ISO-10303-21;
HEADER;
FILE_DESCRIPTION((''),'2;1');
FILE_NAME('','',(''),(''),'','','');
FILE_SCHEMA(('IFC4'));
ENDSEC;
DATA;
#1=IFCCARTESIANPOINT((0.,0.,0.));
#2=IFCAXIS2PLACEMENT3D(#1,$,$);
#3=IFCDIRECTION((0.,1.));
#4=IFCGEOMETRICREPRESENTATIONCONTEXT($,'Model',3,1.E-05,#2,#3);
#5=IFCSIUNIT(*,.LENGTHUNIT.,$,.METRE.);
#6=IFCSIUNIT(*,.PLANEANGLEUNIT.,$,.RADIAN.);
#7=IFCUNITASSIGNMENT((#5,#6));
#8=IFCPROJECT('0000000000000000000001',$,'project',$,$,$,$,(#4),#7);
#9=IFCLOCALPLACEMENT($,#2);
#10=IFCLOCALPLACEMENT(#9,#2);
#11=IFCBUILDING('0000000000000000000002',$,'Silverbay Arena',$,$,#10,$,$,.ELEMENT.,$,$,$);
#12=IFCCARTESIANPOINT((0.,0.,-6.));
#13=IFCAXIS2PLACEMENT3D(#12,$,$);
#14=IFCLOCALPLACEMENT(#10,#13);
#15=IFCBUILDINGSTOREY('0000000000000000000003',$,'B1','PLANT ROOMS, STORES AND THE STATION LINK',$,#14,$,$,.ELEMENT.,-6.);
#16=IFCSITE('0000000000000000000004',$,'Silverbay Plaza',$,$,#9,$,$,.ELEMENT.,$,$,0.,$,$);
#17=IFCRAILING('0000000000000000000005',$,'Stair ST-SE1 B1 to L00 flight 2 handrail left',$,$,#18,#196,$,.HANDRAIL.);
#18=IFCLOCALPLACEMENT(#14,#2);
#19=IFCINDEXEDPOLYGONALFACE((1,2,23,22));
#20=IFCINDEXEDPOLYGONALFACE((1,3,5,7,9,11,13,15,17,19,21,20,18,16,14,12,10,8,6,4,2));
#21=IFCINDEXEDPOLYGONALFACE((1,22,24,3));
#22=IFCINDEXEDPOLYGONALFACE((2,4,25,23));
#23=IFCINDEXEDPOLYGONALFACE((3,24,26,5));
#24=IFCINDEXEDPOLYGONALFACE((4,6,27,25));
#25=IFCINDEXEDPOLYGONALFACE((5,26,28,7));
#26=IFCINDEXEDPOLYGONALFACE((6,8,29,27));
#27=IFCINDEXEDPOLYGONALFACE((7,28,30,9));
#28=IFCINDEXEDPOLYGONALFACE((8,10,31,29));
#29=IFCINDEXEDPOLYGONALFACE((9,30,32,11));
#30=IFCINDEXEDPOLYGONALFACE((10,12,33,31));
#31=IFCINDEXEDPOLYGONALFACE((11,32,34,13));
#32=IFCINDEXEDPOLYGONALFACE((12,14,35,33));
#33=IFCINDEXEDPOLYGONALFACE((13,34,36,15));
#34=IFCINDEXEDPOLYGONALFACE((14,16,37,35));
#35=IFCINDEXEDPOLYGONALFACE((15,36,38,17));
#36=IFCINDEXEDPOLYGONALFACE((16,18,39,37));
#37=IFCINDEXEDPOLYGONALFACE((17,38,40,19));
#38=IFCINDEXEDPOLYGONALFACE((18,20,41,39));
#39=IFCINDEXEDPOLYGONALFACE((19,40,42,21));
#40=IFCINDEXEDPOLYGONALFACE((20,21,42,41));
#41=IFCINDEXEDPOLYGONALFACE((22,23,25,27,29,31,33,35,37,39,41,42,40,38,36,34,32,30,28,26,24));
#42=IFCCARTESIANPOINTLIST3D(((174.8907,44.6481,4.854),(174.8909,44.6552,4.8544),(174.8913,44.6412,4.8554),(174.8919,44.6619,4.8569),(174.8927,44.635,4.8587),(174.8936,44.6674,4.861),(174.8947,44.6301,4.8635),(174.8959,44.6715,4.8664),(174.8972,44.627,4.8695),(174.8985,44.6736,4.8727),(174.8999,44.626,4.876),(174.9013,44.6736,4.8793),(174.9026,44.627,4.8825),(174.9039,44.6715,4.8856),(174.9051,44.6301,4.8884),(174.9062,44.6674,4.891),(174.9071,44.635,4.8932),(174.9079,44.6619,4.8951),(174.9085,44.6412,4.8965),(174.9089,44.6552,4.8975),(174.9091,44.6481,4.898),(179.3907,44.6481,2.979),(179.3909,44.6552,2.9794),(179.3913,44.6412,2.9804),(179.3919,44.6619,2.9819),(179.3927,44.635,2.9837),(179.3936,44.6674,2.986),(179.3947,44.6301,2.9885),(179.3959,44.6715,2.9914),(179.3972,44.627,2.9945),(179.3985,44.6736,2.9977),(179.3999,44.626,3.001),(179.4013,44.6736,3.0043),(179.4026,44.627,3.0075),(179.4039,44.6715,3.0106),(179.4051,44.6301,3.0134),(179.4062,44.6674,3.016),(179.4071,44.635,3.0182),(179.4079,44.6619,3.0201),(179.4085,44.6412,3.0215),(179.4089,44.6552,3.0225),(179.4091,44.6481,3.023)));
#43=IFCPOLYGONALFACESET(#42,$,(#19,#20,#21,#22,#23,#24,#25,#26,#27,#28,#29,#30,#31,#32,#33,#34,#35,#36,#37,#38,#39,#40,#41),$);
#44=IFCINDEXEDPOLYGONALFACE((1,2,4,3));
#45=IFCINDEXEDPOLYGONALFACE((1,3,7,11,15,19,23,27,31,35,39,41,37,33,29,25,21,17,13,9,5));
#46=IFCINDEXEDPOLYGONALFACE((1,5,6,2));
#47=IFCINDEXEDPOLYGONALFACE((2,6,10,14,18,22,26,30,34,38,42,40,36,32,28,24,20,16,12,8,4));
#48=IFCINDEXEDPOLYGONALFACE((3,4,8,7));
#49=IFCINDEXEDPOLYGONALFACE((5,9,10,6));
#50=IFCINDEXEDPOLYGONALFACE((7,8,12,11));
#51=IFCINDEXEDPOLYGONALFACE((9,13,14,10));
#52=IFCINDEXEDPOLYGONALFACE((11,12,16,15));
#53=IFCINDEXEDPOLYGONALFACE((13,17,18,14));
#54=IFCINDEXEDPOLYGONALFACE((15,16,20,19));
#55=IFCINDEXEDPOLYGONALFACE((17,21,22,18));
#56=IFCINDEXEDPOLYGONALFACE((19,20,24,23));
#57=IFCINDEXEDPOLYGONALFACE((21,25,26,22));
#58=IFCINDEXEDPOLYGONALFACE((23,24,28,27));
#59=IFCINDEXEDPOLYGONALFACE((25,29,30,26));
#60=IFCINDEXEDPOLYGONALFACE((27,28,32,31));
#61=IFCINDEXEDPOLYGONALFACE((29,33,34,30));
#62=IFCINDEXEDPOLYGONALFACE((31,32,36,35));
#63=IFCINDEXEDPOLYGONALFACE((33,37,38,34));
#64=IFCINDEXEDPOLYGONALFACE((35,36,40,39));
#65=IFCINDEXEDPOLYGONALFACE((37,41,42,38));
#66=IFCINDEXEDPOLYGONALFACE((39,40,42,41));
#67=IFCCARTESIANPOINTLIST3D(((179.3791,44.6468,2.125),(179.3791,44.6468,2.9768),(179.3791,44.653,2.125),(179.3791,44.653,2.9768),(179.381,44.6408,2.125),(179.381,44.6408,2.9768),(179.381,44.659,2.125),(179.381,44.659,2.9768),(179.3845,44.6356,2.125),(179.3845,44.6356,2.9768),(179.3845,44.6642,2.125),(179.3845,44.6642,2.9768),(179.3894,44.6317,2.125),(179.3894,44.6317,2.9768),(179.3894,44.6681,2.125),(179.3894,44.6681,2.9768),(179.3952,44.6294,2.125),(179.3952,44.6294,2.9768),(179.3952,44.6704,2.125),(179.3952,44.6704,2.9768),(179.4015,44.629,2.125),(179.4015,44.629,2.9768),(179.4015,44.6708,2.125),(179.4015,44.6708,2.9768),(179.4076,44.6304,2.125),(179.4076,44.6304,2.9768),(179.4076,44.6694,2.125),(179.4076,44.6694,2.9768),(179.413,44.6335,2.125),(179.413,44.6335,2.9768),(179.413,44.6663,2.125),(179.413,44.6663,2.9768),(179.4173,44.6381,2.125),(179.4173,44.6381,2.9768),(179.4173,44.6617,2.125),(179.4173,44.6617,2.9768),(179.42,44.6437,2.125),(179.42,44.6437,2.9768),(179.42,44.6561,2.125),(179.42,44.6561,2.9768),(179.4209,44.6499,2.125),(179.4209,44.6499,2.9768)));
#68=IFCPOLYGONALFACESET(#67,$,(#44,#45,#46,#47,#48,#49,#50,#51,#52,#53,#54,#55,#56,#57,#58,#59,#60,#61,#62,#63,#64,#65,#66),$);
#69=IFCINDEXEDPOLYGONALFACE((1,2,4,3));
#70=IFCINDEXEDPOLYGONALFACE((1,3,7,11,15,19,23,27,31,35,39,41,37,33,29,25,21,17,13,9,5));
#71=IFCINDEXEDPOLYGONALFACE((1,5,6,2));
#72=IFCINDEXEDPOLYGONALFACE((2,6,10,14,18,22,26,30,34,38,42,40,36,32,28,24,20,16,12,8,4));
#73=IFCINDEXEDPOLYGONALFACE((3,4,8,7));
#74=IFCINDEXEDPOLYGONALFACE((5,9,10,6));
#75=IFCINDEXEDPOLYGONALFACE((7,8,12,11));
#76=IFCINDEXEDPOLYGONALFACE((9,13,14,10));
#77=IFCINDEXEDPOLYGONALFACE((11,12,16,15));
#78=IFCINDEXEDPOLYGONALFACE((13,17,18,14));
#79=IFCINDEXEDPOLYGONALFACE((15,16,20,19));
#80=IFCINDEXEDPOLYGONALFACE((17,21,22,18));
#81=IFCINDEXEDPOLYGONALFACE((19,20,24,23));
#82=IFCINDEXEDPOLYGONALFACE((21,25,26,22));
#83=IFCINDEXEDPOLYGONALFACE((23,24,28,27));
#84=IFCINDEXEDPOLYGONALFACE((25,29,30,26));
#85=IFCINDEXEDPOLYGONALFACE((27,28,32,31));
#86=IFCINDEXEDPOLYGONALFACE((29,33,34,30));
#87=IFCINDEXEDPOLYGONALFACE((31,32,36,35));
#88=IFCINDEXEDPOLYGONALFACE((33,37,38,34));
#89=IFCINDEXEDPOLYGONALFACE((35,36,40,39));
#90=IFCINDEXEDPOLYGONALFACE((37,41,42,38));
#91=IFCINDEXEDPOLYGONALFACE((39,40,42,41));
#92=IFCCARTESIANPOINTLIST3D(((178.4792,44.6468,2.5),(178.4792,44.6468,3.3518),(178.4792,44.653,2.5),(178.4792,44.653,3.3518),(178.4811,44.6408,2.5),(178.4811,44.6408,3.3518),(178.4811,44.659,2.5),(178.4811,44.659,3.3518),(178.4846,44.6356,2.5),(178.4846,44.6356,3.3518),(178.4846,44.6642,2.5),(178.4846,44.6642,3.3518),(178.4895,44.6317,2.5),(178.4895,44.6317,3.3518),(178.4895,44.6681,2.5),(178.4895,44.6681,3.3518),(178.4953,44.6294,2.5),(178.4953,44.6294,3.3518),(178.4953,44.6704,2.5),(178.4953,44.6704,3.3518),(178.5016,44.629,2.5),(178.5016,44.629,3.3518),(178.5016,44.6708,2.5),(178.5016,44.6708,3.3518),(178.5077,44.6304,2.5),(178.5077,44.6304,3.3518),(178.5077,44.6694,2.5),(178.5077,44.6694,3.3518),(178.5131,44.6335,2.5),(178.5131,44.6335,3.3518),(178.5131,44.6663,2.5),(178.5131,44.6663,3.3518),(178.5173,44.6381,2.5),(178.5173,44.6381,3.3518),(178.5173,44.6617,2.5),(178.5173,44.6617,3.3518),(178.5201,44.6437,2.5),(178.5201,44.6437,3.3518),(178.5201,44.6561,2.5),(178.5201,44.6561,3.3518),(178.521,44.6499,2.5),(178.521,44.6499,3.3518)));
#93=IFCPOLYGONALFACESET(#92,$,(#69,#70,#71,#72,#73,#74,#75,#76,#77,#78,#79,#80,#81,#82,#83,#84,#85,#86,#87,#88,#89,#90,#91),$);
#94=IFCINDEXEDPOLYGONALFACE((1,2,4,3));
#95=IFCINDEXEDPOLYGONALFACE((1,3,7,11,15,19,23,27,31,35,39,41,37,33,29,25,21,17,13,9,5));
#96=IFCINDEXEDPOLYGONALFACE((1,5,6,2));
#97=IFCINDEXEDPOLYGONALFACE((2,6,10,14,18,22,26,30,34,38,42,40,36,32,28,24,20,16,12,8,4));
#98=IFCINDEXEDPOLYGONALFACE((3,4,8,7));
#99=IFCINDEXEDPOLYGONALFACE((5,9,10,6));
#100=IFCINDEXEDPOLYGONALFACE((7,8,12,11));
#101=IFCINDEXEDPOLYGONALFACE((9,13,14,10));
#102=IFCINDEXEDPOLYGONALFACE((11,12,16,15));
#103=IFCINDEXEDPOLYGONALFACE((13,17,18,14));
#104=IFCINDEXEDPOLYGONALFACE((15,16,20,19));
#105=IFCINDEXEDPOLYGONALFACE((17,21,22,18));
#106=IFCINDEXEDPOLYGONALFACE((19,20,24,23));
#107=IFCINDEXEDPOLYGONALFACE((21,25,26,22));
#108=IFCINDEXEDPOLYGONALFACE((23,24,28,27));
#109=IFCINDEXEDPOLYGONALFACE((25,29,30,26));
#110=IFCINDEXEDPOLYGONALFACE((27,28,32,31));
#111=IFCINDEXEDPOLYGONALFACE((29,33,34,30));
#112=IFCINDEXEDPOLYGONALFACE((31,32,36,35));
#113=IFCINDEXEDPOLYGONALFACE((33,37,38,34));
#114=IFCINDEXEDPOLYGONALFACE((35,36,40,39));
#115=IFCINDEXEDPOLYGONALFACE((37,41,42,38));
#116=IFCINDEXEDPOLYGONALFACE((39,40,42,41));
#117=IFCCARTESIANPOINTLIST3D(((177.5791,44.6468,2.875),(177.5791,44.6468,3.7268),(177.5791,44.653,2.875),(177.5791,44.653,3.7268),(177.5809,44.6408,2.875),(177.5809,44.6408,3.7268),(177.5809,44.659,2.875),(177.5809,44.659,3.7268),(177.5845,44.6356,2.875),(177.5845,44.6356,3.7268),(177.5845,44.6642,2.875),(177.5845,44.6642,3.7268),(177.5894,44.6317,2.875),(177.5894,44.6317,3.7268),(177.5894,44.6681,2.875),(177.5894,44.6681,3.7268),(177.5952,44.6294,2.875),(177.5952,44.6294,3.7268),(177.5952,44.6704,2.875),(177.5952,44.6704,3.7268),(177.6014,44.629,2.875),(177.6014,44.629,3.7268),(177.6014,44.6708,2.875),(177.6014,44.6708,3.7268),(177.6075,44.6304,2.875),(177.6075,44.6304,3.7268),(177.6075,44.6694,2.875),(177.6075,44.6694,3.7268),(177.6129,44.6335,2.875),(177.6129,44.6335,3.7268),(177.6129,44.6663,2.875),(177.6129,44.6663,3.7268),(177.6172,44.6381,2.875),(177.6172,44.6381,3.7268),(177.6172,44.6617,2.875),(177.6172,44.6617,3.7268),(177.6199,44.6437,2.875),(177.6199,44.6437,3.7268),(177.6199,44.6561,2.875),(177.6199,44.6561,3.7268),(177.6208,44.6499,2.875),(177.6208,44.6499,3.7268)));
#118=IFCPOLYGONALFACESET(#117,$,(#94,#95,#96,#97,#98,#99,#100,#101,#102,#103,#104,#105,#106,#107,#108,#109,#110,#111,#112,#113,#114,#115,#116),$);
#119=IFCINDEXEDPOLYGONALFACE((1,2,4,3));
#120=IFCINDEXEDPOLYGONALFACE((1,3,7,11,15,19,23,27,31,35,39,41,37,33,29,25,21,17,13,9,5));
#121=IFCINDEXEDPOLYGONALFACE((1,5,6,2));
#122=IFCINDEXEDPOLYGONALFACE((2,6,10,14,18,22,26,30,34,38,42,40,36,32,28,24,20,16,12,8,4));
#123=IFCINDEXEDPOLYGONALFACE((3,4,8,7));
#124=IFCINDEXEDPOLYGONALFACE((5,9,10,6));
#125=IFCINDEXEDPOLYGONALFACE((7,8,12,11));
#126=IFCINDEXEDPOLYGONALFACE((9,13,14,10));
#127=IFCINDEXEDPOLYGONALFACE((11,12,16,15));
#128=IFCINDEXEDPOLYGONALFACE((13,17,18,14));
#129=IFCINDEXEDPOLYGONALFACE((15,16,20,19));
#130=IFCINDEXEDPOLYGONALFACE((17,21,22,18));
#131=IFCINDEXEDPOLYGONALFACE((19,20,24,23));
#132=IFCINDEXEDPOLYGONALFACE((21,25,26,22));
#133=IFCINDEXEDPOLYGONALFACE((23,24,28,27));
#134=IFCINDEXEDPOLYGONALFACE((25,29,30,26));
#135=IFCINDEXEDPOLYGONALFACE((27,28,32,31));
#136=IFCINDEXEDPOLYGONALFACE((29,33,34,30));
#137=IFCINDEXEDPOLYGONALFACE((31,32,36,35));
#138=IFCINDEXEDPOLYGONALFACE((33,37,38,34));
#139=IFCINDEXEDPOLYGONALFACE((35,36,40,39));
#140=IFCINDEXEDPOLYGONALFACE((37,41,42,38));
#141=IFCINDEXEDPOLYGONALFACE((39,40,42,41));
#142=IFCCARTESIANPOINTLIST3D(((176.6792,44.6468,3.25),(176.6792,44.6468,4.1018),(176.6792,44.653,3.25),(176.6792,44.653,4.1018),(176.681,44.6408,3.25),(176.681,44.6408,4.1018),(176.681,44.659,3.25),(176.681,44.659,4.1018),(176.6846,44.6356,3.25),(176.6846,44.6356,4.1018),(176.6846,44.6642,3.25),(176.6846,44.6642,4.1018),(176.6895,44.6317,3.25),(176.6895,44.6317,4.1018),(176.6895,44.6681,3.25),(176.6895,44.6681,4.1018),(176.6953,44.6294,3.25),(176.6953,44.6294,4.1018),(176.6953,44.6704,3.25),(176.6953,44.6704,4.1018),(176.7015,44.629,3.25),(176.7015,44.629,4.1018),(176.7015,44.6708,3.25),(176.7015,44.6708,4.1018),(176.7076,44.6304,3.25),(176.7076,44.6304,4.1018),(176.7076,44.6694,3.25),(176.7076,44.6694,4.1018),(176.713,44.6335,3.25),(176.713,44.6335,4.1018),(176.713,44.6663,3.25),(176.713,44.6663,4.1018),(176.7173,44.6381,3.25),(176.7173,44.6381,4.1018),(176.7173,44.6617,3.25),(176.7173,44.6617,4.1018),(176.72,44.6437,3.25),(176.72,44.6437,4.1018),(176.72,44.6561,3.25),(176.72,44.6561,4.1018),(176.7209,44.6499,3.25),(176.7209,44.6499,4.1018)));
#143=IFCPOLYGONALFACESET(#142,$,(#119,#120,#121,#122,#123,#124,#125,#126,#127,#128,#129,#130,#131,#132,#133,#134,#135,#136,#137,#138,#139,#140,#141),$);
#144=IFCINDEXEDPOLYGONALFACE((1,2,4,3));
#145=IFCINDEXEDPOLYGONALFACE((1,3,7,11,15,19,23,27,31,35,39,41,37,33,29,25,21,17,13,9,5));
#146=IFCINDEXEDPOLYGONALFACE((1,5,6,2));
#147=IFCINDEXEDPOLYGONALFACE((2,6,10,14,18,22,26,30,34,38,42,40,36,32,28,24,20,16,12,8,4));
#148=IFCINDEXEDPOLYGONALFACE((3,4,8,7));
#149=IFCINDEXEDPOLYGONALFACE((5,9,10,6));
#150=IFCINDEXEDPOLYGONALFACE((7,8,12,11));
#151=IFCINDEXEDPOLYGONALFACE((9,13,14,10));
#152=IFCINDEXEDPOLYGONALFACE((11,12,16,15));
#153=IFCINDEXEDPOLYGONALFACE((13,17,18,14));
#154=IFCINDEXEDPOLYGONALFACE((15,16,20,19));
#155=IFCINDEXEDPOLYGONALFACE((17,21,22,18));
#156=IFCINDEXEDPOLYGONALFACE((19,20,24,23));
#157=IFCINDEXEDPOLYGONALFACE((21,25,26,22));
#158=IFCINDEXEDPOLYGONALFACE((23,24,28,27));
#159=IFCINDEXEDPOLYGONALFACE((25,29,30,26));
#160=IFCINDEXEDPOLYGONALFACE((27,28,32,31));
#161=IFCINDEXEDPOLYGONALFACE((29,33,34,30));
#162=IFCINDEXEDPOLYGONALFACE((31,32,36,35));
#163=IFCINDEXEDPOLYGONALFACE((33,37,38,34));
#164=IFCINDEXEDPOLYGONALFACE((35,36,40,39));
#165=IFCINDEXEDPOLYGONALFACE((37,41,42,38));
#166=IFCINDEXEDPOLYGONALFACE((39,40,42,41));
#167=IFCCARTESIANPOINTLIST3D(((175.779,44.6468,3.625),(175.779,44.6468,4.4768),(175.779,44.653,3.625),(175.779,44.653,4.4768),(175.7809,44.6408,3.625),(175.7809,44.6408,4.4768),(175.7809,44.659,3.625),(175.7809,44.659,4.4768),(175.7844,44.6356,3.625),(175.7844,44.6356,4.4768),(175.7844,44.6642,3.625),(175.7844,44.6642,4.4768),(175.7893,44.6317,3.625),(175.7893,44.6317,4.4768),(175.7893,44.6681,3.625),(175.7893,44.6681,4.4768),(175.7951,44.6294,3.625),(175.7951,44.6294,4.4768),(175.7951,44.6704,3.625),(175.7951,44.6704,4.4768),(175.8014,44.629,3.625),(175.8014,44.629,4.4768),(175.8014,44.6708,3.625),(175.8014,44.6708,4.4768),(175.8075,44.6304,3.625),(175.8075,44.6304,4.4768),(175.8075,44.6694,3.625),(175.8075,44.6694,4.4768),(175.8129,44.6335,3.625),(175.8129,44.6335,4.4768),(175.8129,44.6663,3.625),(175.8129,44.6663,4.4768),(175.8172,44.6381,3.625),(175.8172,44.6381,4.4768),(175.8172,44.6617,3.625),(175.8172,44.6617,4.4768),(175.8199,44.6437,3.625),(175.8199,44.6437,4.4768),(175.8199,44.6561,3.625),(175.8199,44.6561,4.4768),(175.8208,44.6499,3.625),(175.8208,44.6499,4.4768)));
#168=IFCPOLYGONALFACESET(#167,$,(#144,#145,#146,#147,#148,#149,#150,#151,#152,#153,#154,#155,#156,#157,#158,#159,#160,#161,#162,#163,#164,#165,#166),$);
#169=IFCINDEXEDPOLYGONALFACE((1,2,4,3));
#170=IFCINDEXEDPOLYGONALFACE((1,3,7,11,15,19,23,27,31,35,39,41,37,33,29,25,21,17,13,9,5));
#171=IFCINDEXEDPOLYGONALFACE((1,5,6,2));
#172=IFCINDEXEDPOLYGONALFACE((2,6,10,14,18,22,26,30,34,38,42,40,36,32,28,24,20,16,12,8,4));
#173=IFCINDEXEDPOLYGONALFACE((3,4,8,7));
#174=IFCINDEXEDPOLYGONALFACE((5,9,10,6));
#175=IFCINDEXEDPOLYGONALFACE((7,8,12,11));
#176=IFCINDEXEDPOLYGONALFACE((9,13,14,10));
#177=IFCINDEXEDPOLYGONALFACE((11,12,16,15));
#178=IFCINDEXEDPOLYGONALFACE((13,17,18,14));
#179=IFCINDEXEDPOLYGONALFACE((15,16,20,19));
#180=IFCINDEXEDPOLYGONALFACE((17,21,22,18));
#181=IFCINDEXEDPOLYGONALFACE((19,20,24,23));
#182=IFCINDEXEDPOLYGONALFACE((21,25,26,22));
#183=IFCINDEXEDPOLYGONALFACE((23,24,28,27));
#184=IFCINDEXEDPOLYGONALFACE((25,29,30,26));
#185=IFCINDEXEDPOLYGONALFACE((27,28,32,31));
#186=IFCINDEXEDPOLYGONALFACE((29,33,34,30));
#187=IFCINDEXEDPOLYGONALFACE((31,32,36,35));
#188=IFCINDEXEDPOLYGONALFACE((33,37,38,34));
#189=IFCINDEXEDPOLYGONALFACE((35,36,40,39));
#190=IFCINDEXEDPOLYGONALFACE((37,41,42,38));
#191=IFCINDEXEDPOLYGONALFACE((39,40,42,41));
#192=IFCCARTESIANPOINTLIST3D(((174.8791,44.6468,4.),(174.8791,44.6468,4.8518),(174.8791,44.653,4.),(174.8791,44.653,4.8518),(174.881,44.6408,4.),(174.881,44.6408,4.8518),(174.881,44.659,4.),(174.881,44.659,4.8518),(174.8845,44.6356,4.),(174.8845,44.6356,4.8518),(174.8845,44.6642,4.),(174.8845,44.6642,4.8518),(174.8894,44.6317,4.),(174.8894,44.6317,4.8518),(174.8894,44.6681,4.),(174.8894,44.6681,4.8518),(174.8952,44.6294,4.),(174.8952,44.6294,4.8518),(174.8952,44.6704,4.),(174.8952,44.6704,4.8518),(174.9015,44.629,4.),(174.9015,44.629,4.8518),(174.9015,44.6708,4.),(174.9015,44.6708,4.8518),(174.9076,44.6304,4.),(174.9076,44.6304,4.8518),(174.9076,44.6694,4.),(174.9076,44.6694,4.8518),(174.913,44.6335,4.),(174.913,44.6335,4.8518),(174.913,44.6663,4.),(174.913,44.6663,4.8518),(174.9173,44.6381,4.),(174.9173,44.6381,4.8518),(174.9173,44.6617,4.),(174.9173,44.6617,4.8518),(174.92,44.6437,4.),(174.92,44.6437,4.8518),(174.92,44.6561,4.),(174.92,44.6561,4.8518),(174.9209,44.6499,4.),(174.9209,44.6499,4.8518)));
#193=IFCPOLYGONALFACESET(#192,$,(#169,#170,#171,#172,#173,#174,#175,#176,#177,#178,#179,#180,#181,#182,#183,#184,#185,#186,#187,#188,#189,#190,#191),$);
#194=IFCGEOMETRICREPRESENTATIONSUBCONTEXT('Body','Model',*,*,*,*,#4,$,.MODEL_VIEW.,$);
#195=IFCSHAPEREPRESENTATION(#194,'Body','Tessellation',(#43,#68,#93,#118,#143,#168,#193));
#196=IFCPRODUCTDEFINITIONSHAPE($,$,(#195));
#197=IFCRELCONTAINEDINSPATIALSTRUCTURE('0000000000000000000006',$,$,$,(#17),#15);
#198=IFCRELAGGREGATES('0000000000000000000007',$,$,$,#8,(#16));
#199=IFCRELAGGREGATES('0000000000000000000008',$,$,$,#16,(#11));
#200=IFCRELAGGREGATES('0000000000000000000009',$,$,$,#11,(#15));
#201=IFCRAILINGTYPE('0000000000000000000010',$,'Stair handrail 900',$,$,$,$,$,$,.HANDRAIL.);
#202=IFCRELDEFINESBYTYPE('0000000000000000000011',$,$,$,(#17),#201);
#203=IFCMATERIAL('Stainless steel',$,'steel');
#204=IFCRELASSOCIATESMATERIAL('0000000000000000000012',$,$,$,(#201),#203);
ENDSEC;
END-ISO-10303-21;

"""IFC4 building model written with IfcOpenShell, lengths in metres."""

from ifc_helpers import new_model, si_unit, direction, frame, origin, origin_2d, place, context, subcontext, project, spatial, circle, extrude, material, type_object, element, save


model = new_model("IFC4")

# Units and contexts
model_context = context("Model", 3, precision=1e-05, world=origin(), true_north=direction((0.0, 1.0)))
body_context = subcontext(model_context, "Body", "Model", "MODEL_VIEW")
ifc_project = project(units=[si_unit("LENGTHUNIT", "METRE"), si_unit("PLANEANGLEUNIT", "RADIAN")], contexts=[model_context])

# Site, building, storey
site_placement = place(None, origin())
site = spatial("IfcSite", under=ifc_project, at=site_placement, Name="Silverbay Plaza", CompositionType="ELEMENT", RefElevation=0.0)
building_placement = place(site_placement, origin())
building = spatial("IfcBuilding", under=site, at=building_placement, Name="Silverbay Arena", CompositionType="ELEMENT")
storey_placement = place(building_placement, frame((0.0, 0.0, -6.0)))
storey = spatial("IfcBuildingStorey", under=building, at=storey_placement, Name="B1", Description="PLANT ROOMS, STORES AND THE STATION LINK", CompositionType="ELEMENT", Elevation=-6.0)

# Railing
ifc_material_1 = material(Name="Stainless steel", Category="steel")
railing_type_1 = type_object("IfcRailingType", Name="Stair handrail 900", PredefinedType="HANDRAIL", material=ifc_material_1)
for number, where, name in (
    (1, (179.3999, 44.6499, 2.125), "Stair ST-SE1 B1 to L00 flight 2 handrail left"),
):
    element("IfcRailing", number, at=place(storey_placement, frame(where)), inside=storey, type_object=railing_type_1, Name=name, PredefinedType="HANDRAIL", context=body_context, shape_type="SweptSolid", body=[
        extrude(circle(Radius=0.0239, at=origin_2d()), frame((0.0, 0.0, 0.876), z_axis=(-0.923077, 0.0, 0.384615), x_axis=(0.0, -1.0, 0.0)), (0.0, 0.0, 1.0), 4.875),
        extrude(circle(Radius=0.021, at=origin_2d()), origin(), (0.0, 0.0, 1.0), 0.8518),
        extrude(circle(Radius=0.021, at=origin_2d()), frame((-0.8999, 0.0, 0.375)), (0.0, 0.0, 1.0), 0.8518),
        extrude(circle(Radius=0.021, at=origin_2d()), frame((-1.8, 0.0, 0.75)), (0.0, 0.0, 1.0), 0.8518),
        extrude(circle(Radius=0.021, at=origin_2d()), frame((-2.7, 0.0, 1.125)), (0.0, 0.0, 1.0), 0.8518),
        extrude(circle(Radius=0.021, at=origin_2d()), frame((-3.6001, 0.0, 1.5)), (0.0, 0.0, 1.0), 0.8518),
        extrude(circle(Radius=0.021, at=origin_2d()), frame((-4.5, 0.0, 1.875)), (0.0, 0.0, 1.0), 0.8518),
    ])

save(model, "model.ifc")
